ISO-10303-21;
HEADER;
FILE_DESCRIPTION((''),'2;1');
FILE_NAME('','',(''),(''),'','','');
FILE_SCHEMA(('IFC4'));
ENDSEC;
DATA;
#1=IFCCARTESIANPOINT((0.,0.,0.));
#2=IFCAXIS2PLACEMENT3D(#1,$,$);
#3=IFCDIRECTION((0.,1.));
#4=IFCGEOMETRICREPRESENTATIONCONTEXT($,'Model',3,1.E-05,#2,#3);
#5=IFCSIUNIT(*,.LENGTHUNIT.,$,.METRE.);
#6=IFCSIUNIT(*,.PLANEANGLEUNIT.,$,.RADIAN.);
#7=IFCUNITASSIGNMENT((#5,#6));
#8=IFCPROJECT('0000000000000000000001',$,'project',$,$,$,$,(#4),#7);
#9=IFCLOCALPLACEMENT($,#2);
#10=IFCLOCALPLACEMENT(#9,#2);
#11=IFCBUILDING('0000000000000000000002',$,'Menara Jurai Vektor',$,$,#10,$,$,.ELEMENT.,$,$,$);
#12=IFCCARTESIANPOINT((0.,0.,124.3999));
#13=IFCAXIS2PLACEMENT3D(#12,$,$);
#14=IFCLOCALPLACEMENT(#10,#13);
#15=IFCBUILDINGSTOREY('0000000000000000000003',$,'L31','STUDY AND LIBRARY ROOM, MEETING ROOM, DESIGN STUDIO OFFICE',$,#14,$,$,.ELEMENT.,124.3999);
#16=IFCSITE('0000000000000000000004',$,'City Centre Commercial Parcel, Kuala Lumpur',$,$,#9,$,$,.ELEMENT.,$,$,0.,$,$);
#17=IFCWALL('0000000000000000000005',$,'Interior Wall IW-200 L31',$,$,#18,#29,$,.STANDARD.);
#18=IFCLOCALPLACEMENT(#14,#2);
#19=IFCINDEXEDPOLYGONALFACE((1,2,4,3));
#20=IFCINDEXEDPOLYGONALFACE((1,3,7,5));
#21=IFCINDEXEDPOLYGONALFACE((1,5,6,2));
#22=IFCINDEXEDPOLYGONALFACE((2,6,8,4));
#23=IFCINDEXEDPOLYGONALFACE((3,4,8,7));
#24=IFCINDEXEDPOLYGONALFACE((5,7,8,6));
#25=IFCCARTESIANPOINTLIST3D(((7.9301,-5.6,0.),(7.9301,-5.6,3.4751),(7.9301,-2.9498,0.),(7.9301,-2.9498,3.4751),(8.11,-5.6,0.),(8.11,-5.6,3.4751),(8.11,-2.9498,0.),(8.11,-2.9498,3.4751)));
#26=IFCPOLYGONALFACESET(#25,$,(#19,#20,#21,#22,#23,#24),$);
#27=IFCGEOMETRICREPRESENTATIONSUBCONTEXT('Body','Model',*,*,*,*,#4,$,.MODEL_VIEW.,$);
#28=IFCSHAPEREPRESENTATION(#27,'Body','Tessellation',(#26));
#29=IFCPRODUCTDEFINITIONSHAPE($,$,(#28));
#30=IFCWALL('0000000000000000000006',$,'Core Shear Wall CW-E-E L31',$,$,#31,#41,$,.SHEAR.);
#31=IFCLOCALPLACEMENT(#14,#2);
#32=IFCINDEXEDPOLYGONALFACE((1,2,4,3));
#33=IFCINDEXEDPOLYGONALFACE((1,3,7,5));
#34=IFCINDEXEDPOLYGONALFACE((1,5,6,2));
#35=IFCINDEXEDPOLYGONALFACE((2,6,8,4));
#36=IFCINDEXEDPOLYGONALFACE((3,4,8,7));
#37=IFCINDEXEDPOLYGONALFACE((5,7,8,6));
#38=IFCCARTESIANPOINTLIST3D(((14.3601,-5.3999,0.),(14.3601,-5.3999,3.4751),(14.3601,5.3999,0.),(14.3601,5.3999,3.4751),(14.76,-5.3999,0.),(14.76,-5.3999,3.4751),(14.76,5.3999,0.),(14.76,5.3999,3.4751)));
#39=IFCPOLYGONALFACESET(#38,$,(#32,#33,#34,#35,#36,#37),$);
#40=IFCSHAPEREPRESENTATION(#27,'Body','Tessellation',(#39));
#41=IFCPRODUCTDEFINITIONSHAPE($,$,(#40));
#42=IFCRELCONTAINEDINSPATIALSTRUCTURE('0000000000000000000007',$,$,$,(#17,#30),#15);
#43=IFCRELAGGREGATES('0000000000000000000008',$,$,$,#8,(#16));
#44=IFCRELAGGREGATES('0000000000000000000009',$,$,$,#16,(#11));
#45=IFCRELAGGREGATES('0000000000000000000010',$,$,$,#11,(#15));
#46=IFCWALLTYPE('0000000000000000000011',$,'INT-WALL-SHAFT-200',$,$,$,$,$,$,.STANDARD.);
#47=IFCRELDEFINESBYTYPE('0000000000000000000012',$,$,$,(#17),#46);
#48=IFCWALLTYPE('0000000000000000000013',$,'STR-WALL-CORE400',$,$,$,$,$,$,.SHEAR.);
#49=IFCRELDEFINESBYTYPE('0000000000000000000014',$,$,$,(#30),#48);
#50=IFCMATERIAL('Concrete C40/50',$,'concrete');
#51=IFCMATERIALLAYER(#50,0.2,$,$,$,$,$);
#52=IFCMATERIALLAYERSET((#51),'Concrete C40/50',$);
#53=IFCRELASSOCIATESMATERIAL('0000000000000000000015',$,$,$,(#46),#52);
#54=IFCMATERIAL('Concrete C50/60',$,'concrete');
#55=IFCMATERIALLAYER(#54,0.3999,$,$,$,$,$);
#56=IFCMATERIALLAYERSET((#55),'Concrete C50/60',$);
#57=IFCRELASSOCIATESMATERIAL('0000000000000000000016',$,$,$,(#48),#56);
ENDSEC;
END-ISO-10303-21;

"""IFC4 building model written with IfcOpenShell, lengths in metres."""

from ifc_helpers import new_model, si_unit, direction, frame, frame_2d, origin, place, context, subcontext, project, spatial, rectangle, extrude, material, layer, layer_set, type_object, element, save


model = new_model("IFC4")

# Units and contexts
model_context = context("Model", 3, precision=1e-05, world=origin(), true_north=direction((0.0, 1.0)))
body_context = subcontext(model_context, "Body", "Model", "MODEL_VIEW")
ifc_project = project(units=[si_unit("LENGTHUNIT", "METRE"), si_unit("PLANEANGLEUNIT", "RADIAN")], contexts=[model_context])

# Site, building, storey
site_placement = place(None, origin())
site = spatial("IfcSite", under=ifc_project, at=site_placement, Name="City Centre Commercial Parcel, Kuala Lumpur", CompositionType="ELEMENT", RefElevation=0.0)
building_placement = place(site_placement, origin())
building = spatial("IfcBuilding", under=site, at=building_placement, Name="Menara Jurai Vektor", CompositionType="ELEMENT")
storey_placement = place(building_placement, frame((0.0, 0.0, 124.3999)))
storey = spatial("IfcBuildingStorey", under=building, at=storey_placement, Name="L31", Description="STUDY AND LIBRARY ROOM, MEETING ROOM, DESIGN STUDIO OFFICE", CompositionType="ELEMENT", Elevation=124.3999)

# Shared definitions
ifc_material_1 = material(Name="Concrete C50/60", Category="concrete")

# Shared definitions
ifc_material_2 = material(Name="Concrete C40/50", Category="concrete")

# Walls
ifc_layer_1 = layer(ifc_material_2, 0.2)
ifc_layer_set_1 = layer_set([ifc_layer_1], Name="Concrete C40/50")
wall_type_1 = type_object("IfcWallType", Name="INT-WALL-SHAFT-200", PredefinedType="STANDARD", material=ifc_layer_set_1)
for number, where, z_axis, x_axis, name in (
    (1, (8.02, -5.6001, 0.0), (0.0, 0.0, 1.0), (0.0, 1.0, 0.0), "Interior Wall IW-200 L31"),
):
    element("IfcWall", number, at=place(storey_placement, frame(where, z_axis=z_axis, x_axis=x_axis)), inside=storey, type_object=wall_type_1, Name=name, PredefinedType="STANDARD", context=body_context, shape_type="SweptSolid", body=[
        extrude(rectangle(XDim=2.6501, YDim=0.1799, at=frame_2d((1.3252, 0.0))), origin(), (0.0, 0.0, 1.0), 3.4751),
    ])
ifc_layer_2 = layer(ifc_material_1, 0.3999)
ifc_layer_set_2 = layer_set([ifc_layer_2], Name="Concrete C50/60")
wall_type_2 = type_object("IfcWallType", Name="STR-WALL-CORE400", PredefinedType="SHEAR", material=ifc_layer_set_2)
wall_1_placement = place(storey_placement, frame((14.5601, -5.3999, 0.0), z_axis=(0.0, 0.0, 1.0), x_axis=(0.0, 1.0, 0.0)))
element("IfcWall", 2, at=wall_1_placement, inside=storey, type_object=wall_type_2, Name="Core Shear Wall CW-E-E L31", PredefinedType="SHEAR", context=body_context, shape_type="SweptSolid", body=[
    extrude(rectangle(XDim=10.7998, YDim=0.3999, at=frame_2d((5.3999, 0.0))), origin(), (0.0, 0.0, 1.0), 3.4751),
])

save(model, "model.ifc")
